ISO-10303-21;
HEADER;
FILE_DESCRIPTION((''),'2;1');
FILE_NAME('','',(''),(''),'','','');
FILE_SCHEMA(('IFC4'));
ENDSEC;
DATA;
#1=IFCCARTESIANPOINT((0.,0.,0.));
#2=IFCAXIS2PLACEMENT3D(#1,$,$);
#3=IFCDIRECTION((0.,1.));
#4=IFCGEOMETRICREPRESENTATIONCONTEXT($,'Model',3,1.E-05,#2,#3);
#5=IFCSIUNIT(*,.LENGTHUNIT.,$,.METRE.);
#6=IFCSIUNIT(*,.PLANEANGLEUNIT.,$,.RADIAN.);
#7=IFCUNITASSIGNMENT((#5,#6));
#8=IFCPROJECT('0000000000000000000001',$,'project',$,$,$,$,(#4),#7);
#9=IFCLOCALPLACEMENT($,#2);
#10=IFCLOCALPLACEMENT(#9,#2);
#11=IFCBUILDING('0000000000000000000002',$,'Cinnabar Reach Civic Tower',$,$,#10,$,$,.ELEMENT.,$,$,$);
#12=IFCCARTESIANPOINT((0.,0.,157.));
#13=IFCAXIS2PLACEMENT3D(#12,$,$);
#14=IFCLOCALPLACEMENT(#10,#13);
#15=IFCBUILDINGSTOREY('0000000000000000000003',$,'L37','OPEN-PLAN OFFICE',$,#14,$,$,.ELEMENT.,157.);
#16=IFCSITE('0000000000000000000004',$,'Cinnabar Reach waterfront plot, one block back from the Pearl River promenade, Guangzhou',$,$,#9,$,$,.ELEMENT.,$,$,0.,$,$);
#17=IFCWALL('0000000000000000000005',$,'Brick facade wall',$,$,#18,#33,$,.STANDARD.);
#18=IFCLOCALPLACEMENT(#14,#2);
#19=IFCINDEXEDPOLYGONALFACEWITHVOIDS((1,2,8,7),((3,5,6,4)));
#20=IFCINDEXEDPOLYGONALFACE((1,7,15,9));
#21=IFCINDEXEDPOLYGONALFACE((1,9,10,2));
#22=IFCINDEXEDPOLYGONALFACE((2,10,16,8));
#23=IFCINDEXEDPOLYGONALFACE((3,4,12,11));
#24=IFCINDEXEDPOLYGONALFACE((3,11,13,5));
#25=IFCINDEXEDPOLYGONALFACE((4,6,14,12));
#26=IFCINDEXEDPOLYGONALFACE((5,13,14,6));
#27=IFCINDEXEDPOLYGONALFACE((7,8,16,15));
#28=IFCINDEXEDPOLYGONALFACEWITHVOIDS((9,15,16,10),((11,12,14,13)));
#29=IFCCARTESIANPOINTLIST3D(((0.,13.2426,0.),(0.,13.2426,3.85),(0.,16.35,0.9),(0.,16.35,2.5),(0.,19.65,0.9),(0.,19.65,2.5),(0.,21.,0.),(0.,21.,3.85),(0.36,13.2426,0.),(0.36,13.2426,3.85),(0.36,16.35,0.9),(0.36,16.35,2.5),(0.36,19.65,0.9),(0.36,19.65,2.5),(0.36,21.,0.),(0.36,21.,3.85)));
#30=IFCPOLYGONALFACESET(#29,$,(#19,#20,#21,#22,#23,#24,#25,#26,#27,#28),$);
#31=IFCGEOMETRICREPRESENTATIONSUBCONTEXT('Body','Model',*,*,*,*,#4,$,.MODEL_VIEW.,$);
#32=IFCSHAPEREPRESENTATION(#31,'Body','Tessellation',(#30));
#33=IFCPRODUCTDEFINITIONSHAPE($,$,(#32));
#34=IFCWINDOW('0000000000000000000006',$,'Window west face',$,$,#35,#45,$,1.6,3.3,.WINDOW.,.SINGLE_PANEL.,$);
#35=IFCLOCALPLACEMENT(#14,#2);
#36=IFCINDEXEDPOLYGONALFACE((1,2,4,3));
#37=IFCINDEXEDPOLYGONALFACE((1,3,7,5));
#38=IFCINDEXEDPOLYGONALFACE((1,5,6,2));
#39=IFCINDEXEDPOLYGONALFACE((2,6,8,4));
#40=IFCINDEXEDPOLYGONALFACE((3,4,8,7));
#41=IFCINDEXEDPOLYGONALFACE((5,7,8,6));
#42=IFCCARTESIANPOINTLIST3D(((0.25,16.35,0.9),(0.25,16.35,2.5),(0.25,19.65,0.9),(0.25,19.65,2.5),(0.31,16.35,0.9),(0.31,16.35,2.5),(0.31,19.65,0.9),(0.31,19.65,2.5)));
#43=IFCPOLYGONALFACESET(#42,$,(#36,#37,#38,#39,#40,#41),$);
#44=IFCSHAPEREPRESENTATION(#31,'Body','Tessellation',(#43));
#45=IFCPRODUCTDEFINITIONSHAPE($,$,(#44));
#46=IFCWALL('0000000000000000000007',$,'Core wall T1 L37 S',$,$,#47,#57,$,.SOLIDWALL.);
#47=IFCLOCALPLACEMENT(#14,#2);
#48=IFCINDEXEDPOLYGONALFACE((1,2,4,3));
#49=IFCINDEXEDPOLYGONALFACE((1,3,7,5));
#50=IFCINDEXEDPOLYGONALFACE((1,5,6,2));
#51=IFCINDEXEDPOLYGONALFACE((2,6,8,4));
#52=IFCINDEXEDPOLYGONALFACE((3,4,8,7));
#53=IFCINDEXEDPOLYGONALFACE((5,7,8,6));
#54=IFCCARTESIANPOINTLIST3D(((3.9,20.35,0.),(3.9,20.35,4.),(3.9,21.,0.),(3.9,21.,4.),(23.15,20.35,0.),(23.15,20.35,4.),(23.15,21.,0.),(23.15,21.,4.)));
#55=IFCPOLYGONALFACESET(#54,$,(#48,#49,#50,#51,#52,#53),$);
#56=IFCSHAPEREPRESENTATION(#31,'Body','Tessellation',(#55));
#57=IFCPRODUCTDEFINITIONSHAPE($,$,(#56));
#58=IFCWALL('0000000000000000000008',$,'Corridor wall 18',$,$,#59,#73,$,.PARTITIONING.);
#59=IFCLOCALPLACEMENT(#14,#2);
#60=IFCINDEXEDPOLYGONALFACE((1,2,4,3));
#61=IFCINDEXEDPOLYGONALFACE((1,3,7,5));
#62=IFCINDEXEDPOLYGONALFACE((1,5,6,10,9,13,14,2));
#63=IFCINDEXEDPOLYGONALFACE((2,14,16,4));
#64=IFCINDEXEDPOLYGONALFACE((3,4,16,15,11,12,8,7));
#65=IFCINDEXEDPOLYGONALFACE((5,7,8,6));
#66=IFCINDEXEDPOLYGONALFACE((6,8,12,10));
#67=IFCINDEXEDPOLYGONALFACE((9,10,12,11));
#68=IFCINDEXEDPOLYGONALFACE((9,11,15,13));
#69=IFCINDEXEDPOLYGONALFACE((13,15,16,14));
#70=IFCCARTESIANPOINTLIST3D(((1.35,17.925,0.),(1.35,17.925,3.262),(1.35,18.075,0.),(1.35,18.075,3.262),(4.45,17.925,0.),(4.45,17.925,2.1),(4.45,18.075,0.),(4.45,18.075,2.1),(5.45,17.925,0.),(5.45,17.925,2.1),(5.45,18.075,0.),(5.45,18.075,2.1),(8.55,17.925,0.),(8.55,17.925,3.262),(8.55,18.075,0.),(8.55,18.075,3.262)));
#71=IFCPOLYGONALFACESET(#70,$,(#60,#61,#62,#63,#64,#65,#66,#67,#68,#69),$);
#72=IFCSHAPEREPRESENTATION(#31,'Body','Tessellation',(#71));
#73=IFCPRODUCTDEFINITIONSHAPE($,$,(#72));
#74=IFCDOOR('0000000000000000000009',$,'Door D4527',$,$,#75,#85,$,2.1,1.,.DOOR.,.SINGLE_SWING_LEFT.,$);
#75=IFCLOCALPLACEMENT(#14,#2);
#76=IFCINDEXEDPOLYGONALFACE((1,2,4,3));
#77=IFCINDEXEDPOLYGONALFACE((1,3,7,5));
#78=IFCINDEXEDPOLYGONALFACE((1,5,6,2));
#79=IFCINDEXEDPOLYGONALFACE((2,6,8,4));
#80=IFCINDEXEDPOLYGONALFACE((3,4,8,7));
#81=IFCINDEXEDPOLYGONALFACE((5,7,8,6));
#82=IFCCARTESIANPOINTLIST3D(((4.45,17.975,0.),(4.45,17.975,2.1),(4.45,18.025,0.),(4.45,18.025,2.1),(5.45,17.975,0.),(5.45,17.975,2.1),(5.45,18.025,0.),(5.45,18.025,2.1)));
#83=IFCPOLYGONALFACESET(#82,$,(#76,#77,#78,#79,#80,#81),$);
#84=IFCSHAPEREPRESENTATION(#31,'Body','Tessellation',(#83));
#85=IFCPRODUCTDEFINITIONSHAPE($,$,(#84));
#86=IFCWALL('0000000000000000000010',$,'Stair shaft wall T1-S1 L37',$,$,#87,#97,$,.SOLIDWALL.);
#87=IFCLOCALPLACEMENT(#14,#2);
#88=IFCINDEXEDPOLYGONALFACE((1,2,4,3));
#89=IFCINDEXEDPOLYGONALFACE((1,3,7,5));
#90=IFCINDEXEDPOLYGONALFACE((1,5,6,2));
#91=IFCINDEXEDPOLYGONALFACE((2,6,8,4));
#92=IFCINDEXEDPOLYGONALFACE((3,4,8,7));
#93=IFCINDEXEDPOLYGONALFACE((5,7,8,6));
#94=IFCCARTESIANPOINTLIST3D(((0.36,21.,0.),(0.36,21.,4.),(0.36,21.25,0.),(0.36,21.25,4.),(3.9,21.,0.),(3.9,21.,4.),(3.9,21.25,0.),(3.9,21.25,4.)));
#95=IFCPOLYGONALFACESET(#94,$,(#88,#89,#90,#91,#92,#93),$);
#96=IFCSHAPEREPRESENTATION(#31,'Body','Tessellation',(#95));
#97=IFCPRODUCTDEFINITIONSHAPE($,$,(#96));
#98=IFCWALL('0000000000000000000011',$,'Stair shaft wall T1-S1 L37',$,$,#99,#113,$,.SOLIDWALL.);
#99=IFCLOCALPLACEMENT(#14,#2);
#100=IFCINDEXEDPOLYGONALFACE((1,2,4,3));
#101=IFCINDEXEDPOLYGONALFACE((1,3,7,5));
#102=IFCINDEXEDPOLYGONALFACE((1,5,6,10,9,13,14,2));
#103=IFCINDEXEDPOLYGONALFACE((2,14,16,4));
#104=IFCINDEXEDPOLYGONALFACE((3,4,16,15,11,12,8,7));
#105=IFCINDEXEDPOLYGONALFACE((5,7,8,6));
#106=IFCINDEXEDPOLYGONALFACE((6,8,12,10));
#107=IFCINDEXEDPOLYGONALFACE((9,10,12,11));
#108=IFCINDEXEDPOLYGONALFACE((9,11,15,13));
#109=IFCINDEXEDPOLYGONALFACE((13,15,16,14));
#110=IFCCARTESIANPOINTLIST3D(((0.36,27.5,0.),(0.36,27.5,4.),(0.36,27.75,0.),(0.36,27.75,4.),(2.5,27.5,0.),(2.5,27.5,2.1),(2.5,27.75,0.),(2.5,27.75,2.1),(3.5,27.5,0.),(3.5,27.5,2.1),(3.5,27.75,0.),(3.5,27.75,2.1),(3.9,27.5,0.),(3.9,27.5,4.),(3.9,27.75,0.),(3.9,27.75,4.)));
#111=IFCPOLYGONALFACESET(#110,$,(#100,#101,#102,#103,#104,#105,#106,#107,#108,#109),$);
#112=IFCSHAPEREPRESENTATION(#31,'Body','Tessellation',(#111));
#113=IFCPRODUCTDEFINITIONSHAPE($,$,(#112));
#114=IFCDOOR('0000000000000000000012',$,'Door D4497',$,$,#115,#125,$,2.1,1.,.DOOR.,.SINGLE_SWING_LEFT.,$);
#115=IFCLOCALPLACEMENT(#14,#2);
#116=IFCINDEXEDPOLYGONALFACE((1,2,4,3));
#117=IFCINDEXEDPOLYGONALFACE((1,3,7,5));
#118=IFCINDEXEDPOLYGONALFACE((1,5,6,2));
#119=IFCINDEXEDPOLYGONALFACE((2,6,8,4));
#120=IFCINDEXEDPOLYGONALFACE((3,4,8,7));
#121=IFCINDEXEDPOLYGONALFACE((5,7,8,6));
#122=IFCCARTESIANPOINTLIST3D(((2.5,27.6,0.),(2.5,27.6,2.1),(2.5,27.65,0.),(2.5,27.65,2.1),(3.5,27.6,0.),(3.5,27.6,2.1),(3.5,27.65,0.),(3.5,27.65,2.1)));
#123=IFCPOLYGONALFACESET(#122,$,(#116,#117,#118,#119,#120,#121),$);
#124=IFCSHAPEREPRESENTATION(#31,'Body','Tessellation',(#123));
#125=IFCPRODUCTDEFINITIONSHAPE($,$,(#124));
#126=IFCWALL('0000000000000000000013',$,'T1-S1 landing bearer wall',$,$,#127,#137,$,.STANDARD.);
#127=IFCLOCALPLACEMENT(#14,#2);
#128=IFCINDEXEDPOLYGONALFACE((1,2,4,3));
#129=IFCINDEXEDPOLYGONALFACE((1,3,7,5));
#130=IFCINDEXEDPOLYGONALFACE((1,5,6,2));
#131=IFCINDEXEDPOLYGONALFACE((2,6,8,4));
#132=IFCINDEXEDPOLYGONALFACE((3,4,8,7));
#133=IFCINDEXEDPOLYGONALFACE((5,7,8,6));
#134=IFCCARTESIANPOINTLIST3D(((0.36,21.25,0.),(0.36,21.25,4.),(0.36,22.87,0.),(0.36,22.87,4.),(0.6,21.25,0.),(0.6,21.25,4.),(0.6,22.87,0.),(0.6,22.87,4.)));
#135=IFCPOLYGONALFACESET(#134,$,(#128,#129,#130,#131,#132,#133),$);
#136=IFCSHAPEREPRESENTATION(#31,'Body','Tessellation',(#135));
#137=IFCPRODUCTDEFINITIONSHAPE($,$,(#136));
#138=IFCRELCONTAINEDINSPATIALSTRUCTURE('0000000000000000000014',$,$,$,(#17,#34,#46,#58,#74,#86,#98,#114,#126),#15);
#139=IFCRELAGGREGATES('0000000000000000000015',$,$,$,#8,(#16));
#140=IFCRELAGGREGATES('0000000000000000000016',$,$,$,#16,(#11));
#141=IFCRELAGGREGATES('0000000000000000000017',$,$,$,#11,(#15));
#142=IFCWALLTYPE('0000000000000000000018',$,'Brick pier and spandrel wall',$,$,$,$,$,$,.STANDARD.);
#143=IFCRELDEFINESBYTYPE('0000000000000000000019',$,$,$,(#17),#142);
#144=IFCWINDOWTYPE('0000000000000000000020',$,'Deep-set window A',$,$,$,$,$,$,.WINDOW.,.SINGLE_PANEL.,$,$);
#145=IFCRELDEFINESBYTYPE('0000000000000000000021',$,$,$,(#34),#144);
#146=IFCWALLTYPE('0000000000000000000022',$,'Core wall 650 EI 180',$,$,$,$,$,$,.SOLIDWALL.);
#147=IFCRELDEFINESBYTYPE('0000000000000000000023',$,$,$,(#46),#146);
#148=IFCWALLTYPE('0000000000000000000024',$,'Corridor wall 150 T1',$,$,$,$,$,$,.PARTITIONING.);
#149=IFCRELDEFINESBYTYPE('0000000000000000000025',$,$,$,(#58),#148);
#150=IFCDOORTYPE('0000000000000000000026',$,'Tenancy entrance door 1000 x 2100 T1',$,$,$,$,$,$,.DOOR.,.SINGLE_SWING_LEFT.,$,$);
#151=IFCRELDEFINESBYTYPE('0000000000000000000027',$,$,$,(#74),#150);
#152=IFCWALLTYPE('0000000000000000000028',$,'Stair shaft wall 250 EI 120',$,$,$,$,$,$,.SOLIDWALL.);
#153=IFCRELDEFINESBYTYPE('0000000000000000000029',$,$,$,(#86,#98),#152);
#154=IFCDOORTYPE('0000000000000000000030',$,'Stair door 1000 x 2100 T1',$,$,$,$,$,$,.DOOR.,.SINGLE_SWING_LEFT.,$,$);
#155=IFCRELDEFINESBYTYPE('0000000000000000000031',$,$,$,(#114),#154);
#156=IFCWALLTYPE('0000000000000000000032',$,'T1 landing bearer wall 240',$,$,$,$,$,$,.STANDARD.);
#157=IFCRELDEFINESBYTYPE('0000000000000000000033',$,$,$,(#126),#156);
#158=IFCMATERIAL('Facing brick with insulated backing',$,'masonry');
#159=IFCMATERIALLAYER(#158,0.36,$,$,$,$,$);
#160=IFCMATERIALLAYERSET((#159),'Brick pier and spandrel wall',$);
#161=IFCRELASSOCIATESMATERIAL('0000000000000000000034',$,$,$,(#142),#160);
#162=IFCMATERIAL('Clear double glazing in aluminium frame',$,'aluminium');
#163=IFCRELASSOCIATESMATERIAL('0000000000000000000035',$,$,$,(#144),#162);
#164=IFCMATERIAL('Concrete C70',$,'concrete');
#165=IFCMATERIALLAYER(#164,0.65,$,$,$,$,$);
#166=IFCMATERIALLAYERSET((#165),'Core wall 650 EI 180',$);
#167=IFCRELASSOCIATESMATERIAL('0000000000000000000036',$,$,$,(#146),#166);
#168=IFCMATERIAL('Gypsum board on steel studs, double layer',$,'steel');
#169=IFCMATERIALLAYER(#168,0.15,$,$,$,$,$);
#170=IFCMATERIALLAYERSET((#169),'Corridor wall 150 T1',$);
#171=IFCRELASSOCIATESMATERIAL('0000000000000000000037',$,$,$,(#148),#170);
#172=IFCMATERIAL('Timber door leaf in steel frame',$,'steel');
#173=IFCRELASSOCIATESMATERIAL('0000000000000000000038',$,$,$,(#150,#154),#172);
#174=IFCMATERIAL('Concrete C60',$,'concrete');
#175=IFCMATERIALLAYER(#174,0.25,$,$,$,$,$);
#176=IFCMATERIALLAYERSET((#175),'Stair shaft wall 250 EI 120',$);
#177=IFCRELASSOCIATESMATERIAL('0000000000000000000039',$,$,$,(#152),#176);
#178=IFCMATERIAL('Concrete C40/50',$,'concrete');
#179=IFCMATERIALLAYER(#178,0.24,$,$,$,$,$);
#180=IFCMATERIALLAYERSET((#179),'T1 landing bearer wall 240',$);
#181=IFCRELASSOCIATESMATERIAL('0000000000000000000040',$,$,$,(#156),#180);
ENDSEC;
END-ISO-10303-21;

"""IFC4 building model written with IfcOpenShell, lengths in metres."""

from ifc_helpers import new_model, si_unit, direction, frame, frame_2d, origin, place, context, subcontext, project, spatial, rectangle, extrude, material, layer, layer_set, type_object, element, fill, save


model = new_model("IFC4")

# Units and contexts
model_context = context("Model", 3, precision=1e-05, world=origin(), true_north=direction((0.0, 1.0)))
body_context = subcontext(model_context, "Body", "Model", "MODEL_VIEW")
ifc_project = project(units=[si_unit("LENGTHUNIT", "METRE"), si_unit("PLANEANGLEUNIT", "RADIAN")], contexts=[model_context])

# Site, building, storey
site_placement = place(None, origin())
site = spatial("IfcSite", under=ifc_project, at=site_placement, Name="Cinnabar Reach waterfront plot, one block back from the Pearl River promenade, Guangzhou", CompositionType="ELEMENT", RefElevation=0.0)
building_placement = place(site_placement, origin())
building = spatial("IfcBuilding", under=site, at=building_placement, Name="Cinnabar Reach Civic Tower", CompositionType="ELEMENT")
storey_placement = place(building_placement, frame((0.0, 0.0, 157.0)))
storey = spatial("IfcBuildingStorey", under=building, at=storey_placement, Name="L37", Description="OPEN-PLAN OFFICE", CompositionType="ELEMENT", Elevation=157.0)

# Shared definitions
ifc_material_1 = material(Name="Concrete C70", Category="concrete")

# Shared definitions
ifc_material_2 = material(Name="Facing brick with insulated backing", Category="masonry")
ifc_layer_1 = layer(ifc_material_2, 0.36)
ifc_layer_set_1 = layer_set([ifc_layer_1], Name="Brick pier and spandrel wall")
wall_type_1 = type_object("IfcWallType", Name="Brick pier and spandrel wall", PredefinedType="STANDARD", material=ifc_layer_set_1)

# Wall, opening, window
wall_1_placement = place(storey_placement, frame((0.18, 21.0, 0.0), z_axis=(0.0, 0.0, 1.0), x_axis=(0.0, -1.0, 0.0)))
wall_1 = element("IfcWall", 1, at=wall_1_placement, inside=storey, type_object=wall_type_1, Name="Brick facade wall", PredefinedType="STANDARD", context=body_context, shape_type="SweptSolid", body=[
    extrude(rectangle(XDim=7.7574, YDim=0.36, at=frame_2d((3.8787, 0.0))), origin(), (0.0, 0.0, 1.0), 3.85),
])
opening_1_placement = place(wall_1_placement, frame((1.35, 0.0, 0.9)))
opening_1 = element("IfcOpeningElement", 2, at=opening_1_placement, cuts=wall_1, PredefinedType="OPENING", context=body_context, shape_type="SweptSolid", body=[
    extrude(rectangle(XDim=3.3, YDim=1.6, at=frame_2d((1.65, 0.8))), frame((0.0, 0.19, 0.0), z_axis=(0.0, -1.0, 0.0), x_axis=(1.0, 0.0, 0.0)), (0.0, 0.0, 1.0), 0.38),
])
ifc_material_3 = material(Name="Clear double glazing in aluminium frame", Category="aluminium")
window_type = type_object("IfcWindowType", Name="Deep-set window A", PartitioningType="SINGLE_PANEL", PredefinedType="WINDOW", material=ifc_material_3)
window_placement = place(opening_1_placement, origin())
window = element("IfcWindow", 3, at=window_placement, inside=storey, type_object=window_type, Name="Window west face", OverallHeight=1.6, OverallWidth=3.3, PartitioningType="SINGLE_PANEL", PredefinedType="WINDOW", context=body_context, shape_type="SweptSolid", body=[
    extrude(rectangle(XDim=3.3, YDim=1.6, at=frame_2d((1.65, 0.8))), frame((0.0, 0.13, 0.0), z_axis=(0.0, -1.0, 0.0), x_axis=(1.0, 0.0, 0.0)), (0.0, 0.0, 1.0), 0.06),
])
fill(opening_1, window)

# Wall
ifc_layer_2 = layer(ifc_material_1, 0.65)
ifc_layer_set_2 = layer_set([ifc_layer_2], Name="Core wall 650 EI 180")
wall_type_2 = type_object("IfcWallType", Name="Core wall 650 EI 180", PredefinedType="SOLIDWALL", material=ifc_layer_set_2)
wall_2_placement = place(storey_placement, frame((3.9, 20.675, 0.0), z_axis=(0.0, 0.0, 1.0), x_axis=(1.0, 0.0, 0.0)))
element("IfcWall", 4, at=wall_2_placement, inside=storey, type_object=wall_type_2, Name="Core wall T1 L37 S", PredefinedType="SOLIDWALL", context=body_context, shape_type="SweptSolid", body=[
    extrude(rectangle(XDim=19.25, YDim=0.65, at=frame_2d((9.625, 0.0))), origin(), (0.0, 0.0, 1.0), 4.0),
])

# Wall, opening, door
ifc_material_4 = material(Name="Gypsum board on steel studs, double layer", Category="steel")
ifc_layer_3 = layer(ifc_material_4, 0.15)
ifc_layer_set_3 = layer_set([ifc_layer_3], Name="Corridor wall 150 T1")
wall_type_3 = type_object("IfcWallType", Name="Corridor wall 150 T1", PredefinedType="PARTITIONING", material=ifc_layer_set_3)
wall_3_placement = place(storey_placement, frame((1.35, 18.0, 0.0), z_axis=(0.0, 0.0, 1.0), x_axis=(1.0, 0.0, 0.0)))
wall_3 = element("IfcWall", 5, at=wall_3_placement, inside=storey, type_object=wall_type_3, Name="Corridor wall 18", PredefinedType="PARTITIONING", context=body_context, shape_type="SweptSolid", body=[
    extrude(rectangle(XDim=7.2, YDim=0.15, at=frame_2d((3.6, 0.0))), origin(), (0.0, 0.0, 1.0), 3.262),
])
opening_2_placement = place(wall_3_placement, frame((3.1, 0.0, 0.0)))
opening_2 = element("IfcOpeningElement", 6, at=opening_2_placement, cuts=wall_3, PredefinedType="OPENING", context=body_context, shape_type="SweptSolid", body=[
    extrude(rectangle(XDim=1.0, YDim=2.1, at=frame_2d((0.5, 1.05))), frame((0.0, 0.085, 0.0), z_axis=(0.0, -1.0, 0.0), x_axis=(1.0, 0.0, 0.0)), (0.0, 0.0, 1.0), 0.17),
])
ifc_material_5 = material(Name="Timber door leaf in steel frame", Category="steel")
door_type_1 = type_object("IfcDoorType", Name="Tenancy entrance door 1000 x 2100 T1", OperationType="SINGLE_SWING_LEFT", PredefinedType="DOOR", material=ifc_material_5)
door_1_placement = place(opening_2_placement, frame((1.0, 0.0, 0.0), z_axis=(0.0, 0.0, 1.0), x_axis=(-1.0, 0.0, 0.0)))
door_1 = element("IfcDoor", 7, at=door_1_placement, inside=storey, type_object=door_type_1, Name="Door D4527", OperationType="SINGLE_SWING_LEFT", OverallHeight=2.1, OverallWidth=1.0, PredefinedType="DOOR", context=body_context, shape_type="SweptSolid", body=[
    extrude(rectangle(XDim=1.0, YDim=2.1, at=frame_2d((0.5, 1.05))), frame((0.0, 0.025, 0.0), z_axis=(0.0, -1.0, 0.0), x_axis=(1.0, 0.0, 0.0)), (0.0, 0.0, 1.0), 0.05),
])
fill(opening_2, door_1)

# Wall
ifc_material_6 = material(Name="Concrete C60", Category="concrete")
ifc_layer_4 = layer(ifc_material_6, 0.25)
ifc_layer_set_4 = layer_set([ifc_layer_4], Name="Stair shaft wall 250 EI 120")
wall_type_4 = type_object("IfcWallType", Name="Stair shaft wall 250 EI 120", PredefinedType="SOLIDWALL", material=ifc_layer_set_4)
wall_4_placement = place(storey_placement, frame((0.36, 21.125, 0.0), z_axis=(0.0, 0.0, 1.0), x_axis=(1.0, 0.0, 0.0)))
element("IfcWall", 8, at=wall_4_placement, inside=storey, type_object=wall_type_4, Name="Stair shaft wall T1-S1 L37", PredefinedType="SOLIDWALL", context=body_context, shape_type="SweptSolid", body=[
    extrude(rectangle(XDim=3.54, YDim=0.25, at=frame_2d((1.77, 0.0))), origin(), (0.0, 0.0, 1.0), 4.0),
])

# Wall, opening, door
wall_5_placement = place(storey_placement, frame((3.9, 27.625, 0.0), z_axis=(0.0, 0.0, 1.0), x_axis=(-1.0, 0.0, 0.0)))
wall_5 = element("IfcWall", 9, at=wall_5_placement, inside=storey, type_object=wall_type_4, Name="Stair shaft wall T1-S1 L37", PredefinedType="SOLIDWALL", context=body_context, shape_type="SweptSolid", body=[
    extrude(rectangle(XDim=3.54, YDim=0.25, at=frame_2d((1.77, 0.0))), origin(), (0.0, 0.0, 1.0), 4.0),
])
opening_3_placement = place(wall_5_placement, frame((0.4, 0.0, 0.0)))
opening_3 = element("IfcOpeningElement", 10, at=opening_3_placement, cuts=wall_5, PredefinedType="OPENING", context=body_context, shape_type="SweptSolid", body=[
    extrude(rectangle(XDim=1.0, YDim=2.1, at=frame_2d((0.5, 1.05))), frame((0.0, 0.135, 0.0), z_axis=(0.0, -1.0, 0.0), x_axis=(1.0, 0.0, 0.0)), (0.0, 0.0, 1.0), 0.27),
])
door_type_2 = type_object("IfcDoorType", Name="Stair door 1000 x 2100 T1", OperationType="SINGLE_SWING_LEFT", PredefinedType="DOOR", material=ifc_material_5)
door_2_placement = place(opening_3_placement, origin())
door_2 = element("IfcDoor", 11, at=door_2_placement, inside=storey, type_object=door_type_2, Name="Door D4497", OperationType="SINGLE_SWING_LEFT", OverallHeight=2.1, OverallWidth=1.0, PredefinedType="DOOR", context=body_context, shape_type="SweptSolid", body=[
    extrude(rectangle(XDim=1.0, YDim=2.1, at=frame_2d((0.5, 1.05))), frame((0.0, 0.025, 0.0), z_axis=(0.0, -1.0, 0.0), x_axis=(1.0, 0.0, 0.0)), (0.0, 0.0, 1.0), 0.05),
])
fill(opening_3, door_2)

# Wall
ifc_material_7 = material(Name="Concrete C40/50", Category="concrete")
ifc_layer_5 = layer(ifc_material_7, 0.24)
ifc_layer_set_5 = layer_set([ifc_layer_5], Name="T1 landing bearer wall 240")
wall_type_5 = type_object("IfcWallType", Name="T1 landing bearer wall 240", PredefinedType="STANDARD", material=ifc_layer_set_5)
wall_6_placement = place(storey_placement, frame((0.48, 21.25, 0.0), z_axis=(0.0, 0.0, 1.0), x_axis=(0.0, 1.0, 0.0)))
element("IfcWall", 12, at=wall_6_placement, inside=storey, type_object=wall_type_5, Name="T1-S1 landing bearer wall", PredefinedType="STANDARD", context=body_context, shape_type="SweptSolid", body=[
    extrude(rectangle(XDim=1.62, YDim=0.24, at=frame_2d((0.81, 0.0))), origin(), (0.0, 0.0, 1.0), 4.0),
])

save(model, "model.ifc")
